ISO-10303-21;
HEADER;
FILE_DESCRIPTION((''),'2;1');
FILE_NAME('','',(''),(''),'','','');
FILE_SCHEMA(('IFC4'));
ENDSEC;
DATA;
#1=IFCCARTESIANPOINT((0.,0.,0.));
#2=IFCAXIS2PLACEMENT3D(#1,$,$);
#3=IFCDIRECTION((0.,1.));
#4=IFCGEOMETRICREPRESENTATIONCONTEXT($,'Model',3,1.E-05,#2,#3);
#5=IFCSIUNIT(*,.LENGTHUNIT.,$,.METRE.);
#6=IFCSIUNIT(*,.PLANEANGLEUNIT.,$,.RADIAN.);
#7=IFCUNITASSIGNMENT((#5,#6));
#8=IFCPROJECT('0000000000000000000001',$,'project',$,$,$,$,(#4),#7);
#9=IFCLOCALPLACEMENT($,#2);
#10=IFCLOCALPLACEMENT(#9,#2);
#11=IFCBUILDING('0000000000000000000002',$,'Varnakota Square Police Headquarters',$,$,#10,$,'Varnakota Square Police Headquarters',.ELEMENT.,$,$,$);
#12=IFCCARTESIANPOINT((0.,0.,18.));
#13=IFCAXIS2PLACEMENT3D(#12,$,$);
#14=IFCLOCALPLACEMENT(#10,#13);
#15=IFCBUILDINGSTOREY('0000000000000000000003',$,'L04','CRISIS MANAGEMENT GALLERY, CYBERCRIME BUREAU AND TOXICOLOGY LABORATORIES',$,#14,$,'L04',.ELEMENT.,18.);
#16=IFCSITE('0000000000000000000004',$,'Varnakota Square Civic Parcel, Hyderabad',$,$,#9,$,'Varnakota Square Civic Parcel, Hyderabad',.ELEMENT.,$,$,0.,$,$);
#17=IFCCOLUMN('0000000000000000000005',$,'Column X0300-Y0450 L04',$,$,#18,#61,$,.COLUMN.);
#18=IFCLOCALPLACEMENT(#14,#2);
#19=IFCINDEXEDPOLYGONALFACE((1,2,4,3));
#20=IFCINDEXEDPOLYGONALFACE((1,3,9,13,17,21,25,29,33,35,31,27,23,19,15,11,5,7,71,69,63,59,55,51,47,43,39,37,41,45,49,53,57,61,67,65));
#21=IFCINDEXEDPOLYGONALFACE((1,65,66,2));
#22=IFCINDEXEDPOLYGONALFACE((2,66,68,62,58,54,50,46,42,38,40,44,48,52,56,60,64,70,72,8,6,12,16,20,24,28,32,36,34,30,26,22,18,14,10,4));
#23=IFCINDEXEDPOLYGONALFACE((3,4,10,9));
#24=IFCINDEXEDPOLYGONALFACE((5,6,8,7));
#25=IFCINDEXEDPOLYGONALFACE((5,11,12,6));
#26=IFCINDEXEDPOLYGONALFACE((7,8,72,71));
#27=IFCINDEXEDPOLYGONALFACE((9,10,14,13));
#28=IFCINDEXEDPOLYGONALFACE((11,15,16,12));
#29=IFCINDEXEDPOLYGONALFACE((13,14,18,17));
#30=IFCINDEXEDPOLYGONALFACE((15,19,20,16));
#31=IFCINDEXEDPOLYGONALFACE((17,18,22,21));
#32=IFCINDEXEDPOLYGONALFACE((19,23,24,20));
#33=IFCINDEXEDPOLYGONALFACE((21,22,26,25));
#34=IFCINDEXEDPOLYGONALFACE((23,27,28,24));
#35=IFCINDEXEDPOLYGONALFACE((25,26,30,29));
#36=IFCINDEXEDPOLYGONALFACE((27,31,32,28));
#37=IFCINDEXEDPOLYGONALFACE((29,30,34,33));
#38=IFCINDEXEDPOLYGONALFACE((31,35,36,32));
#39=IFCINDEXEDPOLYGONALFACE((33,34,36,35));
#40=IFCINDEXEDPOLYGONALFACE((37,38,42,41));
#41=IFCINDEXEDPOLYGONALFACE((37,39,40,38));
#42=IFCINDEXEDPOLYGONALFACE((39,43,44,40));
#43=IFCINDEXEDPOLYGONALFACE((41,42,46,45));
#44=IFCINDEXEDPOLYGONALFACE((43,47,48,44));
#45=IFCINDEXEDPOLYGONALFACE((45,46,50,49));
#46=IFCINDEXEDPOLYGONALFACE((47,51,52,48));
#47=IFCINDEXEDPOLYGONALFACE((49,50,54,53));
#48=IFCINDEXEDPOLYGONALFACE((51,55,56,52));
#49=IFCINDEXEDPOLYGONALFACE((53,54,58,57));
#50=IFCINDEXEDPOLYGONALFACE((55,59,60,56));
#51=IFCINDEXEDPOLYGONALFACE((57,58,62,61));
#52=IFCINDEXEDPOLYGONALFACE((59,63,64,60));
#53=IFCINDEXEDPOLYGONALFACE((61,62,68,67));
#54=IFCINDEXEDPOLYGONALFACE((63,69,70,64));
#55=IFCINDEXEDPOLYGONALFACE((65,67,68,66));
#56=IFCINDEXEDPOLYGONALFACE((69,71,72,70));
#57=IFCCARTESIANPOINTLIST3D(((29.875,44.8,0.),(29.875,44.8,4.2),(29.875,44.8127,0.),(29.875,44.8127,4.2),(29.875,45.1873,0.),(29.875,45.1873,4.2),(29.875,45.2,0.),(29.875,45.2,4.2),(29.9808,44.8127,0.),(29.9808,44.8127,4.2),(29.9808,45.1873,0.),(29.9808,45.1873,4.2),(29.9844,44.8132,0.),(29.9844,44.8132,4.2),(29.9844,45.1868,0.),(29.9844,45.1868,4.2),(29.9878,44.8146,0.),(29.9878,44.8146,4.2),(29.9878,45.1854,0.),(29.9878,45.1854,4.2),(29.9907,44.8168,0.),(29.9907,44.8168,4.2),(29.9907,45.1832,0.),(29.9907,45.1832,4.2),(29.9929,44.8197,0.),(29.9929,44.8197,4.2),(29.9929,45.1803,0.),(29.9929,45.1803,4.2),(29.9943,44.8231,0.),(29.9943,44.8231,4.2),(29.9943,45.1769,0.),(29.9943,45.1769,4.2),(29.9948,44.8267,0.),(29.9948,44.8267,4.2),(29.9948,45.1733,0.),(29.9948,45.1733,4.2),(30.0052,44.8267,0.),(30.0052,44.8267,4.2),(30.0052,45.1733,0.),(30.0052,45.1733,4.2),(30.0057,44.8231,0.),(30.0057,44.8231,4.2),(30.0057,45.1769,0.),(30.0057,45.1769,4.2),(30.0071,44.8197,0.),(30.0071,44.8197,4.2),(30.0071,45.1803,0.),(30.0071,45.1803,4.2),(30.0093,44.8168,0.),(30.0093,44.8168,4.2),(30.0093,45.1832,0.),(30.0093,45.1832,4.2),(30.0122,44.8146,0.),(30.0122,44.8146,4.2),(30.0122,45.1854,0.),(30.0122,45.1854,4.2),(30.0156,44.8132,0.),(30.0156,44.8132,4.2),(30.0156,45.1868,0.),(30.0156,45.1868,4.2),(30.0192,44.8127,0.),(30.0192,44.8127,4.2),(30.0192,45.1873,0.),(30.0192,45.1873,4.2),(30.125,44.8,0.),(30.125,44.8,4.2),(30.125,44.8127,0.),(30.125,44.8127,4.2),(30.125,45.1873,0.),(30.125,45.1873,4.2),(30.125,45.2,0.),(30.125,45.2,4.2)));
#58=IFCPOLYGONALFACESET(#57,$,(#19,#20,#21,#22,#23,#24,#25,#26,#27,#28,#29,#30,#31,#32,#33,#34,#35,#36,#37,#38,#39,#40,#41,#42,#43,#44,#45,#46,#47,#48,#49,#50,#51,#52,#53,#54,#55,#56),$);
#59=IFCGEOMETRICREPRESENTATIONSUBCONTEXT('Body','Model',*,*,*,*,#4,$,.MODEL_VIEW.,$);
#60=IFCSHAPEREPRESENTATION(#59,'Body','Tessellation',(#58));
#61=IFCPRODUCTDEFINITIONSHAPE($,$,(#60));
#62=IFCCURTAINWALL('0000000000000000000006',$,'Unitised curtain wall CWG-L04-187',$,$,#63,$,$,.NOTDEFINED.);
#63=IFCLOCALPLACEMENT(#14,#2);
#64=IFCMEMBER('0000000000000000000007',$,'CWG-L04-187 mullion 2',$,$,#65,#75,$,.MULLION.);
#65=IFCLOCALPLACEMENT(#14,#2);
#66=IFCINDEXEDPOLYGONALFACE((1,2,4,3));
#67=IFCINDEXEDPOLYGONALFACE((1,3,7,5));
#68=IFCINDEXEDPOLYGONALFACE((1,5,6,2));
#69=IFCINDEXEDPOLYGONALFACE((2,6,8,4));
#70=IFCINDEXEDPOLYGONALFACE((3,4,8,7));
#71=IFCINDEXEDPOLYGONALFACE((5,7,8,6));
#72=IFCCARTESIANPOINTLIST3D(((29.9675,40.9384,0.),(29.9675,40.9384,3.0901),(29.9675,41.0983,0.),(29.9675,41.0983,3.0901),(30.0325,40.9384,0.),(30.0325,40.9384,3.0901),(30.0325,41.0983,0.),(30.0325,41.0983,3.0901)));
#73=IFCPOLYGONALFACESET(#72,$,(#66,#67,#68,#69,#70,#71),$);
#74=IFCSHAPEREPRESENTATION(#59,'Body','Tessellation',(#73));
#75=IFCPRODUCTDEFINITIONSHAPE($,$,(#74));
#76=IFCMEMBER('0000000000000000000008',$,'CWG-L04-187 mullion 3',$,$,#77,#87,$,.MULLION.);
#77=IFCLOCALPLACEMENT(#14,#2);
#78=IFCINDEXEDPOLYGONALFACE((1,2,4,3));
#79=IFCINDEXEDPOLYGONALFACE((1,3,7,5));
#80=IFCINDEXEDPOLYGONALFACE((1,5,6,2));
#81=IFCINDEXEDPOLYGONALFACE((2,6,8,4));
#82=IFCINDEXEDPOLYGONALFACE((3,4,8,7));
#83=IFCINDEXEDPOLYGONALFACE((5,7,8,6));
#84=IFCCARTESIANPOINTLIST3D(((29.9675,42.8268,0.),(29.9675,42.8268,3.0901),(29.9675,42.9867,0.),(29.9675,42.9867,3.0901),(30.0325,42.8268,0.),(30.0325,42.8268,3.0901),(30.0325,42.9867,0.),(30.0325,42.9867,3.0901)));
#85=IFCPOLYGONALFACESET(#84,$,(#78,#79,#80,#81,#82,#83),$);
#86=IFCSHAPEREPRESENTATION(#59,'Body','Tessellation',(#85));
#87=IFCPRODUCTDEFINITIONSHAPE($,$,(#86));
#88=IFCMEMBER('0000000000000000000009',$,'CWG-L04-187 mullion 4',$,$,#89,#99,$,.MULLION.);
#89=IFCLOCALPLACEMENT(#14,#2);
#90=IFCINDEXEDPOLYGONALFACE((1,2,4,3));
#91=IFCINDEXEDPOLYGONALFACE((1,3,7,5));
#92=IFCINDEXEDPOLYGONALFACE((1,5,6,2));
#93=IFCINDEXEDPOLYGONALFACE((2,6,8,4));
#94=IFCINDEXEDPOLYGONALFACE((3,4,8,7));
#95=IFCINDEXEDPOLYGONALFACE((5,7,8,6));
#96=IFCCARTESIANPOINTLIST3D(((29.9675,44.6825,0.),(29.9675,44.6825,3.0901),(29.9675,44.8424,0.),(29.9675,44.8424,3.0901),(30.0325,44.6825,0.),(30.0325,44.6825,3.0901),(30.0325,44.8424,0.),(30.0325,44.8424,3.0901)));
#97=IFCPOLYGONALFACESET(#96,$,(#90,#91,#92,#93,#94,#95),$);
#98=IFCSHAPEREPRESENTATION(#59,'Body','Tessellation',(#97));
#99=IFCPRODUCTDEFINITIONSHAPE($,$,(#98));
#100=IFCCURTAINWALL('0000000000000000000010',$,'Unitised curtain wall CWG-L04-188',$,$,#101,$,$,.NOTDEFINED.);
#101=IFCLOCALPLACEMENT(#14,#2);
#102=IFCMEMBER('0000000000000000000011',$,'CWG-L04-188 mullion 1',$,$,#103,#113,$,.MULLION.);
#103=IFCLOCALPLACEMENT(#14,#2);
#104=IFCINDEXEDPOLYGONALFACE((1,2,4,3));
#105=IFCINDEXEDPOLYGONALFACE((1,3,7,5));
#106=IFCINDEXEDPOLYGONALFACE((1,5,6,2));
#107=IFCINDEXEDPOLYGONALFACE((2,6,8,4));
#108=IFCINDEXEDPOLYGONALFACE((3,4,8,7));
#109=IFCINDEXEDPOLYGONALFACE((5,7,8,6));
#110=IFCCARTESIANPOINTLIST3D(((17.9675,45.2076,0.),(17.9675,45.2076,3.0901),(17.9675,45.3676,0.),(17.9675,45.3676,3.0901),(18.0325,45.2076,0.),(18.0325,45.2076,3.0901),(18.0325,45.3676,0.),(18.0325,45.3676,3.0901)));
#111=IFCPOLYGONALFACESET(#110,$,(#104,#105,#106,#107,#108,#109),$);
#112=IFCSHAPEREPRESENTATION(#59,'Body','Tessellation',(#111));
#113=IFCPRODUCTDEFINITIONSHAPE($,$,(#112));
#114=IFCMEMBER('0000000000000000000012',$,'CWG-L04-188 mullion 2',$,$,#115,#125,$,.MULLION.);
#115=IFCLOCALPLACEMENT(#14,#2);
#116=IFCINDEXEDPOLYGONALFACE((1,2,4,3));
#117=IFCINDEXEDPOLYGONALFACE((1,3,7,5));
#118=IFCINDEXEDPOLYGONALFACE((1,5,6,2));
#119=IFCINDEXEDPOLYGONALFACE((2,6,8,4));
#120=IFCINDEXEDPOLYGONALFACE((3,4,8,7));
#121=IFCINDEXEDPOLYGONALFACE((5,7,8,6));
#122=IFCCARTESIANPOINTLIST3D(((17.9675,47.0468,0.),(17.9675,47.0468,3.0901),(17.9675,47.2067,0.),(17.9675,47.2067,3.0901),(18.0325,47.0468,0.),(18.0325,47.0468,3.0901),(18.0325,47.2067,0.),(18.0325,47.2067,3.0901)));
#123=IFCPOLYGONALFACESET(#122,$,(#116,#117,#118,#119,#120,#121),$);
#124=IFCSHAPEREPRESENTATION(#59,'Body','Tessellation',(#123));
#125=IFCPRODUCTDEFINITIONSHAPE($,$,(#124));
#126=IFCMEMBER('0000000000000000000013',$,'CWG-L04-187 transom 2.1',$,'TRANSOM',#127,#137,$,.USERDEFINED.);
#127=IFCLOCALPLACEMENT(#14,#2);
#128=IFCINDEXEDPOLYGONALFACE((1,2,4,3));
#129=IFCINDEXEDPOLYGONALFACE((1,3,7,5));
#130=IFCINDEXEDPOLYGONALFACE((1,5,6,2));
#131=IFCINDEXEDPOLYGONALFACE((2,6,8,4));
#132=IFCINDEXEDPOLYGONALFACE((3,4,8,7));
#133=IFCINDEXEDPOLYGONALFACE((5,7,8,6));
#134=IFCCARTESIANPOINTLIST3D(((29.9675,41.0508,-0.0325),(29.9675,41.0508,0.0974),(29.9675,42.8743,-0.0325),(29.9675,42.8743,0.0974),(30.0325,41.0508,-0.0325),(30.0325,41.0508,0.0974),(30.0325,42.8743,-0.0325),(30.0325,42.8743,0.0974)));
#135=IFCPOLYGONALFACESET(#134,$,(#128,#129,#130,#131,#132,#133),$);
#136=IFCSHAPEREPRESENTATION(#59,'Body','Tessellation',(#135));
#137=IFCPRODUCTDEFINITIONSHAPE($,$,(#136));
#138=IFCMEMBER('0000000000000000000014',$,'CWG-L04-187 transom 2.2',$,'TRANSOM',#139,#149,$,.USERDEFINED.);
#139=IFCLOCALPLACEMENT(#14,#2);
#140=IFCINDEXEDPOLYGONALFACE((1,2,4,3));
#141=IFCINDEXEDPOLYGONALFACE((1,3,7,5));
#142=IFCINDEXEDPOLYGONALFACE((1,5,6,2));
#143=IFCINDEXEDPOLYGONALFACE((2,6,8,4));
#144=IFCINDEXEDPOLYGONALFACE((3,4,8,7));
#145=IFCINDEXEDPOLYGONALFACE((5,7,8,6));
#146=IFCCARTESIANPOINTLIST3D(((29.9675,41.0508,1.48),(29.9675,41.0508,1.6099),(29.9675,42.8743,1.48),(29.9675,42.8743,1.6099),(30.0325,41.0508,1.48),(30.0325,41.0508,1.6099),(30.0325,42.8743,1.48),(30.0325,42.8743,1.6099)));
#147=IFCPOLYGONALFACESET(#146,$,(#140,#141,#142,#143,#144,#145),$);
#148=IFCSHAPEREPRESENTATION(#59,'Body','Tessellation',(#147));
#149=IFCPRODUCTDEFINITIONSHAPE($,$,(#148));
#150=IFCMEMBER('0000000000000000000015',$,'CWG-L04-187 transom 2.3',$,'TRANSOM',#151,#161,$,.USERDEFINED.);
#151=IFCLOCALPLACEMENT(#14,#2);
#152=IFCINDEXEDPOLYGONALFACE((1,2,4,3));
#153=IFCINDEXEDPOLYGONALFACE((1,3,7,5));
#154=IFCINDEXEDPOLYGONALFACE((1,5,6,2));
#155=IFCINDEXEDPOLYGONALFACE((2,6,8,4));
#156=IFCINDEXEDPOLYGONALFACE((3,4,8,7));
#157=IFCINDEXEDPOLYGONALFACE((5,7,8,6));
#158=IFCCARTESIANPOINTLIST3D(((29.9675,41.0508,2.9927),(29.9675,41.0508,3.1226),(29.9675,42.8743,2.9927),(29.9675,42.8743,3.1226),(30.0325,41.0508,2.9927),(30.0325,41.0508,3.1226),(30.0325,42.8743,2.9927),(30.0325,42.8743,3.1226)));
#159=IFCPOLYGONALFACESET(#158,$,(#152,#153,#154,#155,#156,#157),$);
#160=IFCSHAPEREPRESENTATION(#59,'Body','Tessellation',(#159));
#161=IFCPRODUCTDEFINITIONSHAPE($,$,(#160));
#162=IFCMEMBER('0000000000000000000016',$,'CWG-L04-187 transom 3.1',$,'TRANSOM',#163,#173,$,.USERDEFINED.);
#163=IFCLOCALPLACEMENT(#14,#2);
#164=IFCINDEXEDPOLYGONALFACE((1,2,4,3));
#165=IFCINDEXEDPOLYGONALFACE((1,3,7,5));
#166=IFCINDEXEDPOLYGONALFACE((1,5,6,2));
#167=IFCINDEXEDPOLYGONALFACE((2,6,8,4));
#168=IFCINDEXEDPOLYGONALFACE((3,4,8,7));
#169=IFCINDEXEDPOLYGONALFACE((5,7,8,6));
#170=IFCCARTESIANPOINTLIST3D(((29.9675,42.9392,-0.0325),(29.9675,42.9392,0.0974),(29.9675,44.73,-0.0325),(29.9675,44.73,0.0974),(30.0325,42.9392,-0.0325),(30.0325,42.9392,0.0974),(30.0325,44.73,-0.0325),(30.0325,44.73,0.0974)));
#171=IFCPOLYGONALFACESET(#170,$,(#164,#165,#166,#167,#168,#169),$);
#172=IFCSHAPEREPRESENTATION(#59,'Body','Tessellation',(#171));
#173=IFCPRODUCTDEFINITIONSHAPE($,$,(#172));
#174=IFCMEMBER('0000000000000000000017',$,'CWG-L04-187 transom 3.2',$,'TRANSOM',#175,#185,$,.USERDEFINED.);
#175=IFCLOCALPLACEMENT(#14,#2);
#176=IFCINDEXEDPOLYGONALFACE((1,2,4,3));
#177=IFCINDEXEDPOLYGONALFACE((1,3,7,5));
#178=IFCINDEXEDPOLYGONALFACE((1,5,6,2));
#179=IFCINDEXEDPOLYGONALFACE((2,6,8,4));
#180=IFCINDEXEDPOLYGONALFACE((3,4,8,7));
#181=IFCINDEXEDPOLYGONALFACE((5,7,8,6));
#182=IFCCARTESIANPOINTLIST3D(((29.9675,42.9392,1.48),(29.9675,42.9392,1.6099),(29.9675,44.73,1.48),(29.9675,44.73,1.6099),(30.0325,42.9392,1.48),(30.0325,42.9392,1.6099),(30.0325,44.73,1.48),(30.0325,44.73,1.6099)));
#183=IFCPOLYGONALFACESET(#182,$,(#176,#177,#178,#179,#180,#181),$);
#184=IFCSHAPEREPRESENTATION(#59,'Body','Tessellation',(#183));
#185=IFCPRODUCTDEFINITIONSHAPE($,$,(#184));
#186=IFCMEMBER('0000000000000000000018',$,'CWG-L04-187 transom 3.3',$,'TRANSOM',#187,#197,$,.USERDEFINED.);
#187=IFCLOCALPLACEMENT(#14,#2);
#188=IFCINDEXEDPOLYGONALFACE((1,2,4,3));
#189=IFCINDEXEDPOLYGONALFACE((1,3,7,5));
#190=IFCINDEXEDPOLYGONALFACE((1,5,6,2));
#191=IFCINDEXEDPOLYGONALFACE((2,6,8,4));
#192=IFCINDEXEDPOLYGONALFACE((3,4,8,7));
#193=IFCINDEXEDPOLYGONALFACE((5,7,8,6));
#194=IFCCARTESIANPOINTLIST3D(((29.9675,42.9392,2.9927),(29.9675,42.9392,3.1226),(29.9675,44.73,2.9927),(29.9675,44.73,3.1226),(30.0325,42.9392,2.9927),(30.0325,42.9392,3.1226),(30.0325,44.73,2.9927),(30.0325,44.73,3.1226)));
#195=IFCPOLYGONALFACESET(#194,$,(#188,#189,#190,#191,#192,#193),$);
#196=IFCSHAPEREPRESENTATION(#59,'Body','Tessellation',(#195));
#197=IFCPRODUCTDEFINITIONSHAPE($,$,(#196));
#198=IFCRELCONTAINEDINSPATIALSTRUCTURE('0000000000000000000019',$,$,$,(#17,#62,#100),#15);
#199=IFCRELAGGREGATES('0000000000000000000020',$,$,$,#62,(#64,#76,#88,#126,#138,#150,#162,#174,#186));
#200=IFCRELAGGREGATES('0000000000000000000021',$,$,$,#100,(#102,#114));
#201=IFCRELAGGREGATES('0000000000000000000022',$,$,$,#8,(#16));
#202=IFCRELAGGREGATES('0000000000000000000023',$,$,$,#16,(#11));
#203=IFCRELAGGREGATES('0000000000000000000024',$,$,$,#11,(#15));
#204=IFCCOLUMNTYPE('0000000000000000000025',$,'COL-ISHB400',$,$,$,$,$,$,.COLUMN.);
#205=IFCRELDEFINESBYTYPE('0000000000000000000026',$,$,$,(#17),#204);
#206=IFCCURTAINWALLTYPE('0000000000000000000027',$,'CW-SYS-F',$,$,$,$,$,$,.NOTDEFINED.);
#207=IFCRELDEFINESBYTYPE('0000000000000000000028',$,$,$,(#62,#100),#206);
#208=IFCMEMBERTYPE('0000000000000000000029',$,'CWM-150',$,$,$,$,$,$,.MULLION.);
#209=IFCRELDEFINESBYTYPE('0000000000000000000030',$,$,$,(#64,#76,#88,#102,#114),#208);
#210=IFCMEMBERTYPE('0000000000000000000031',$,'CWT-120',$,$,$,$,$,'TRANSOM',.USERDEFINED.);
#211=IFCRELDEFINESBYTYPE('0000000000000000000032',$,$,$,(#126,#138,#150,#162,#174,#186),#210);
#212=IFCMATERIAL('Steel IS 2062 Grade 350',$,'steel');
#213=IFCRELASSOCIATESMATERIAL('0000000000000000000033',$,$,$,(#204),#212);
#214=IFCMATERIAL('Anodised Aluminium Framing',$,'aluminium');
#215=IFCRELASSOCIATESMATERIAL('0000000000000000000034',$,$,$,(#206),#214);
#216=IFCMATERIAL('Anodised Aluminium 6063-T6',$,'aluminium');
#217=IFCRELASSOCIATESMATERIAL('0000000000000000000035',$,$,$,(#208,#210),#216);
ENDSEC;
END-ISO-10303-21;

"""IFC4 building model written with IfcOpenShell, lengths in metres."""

from ifc_helpers import new_model, si_unit, direction, frame, origin, origin_2d, place, context, subcontext, project, spatial, rectangle, i_section, extrude, material, material_profile, profile_set, type_object, element, aggregate, save


model = new_model("IFC4")

# Units and contexts
model_context = context("Model", 3, precision=1e-05, world=origin(), true_north=direction((0.0, 1.0)))
body_context = subcontext(model_context, "Body", "Model", "MODEL_VIEW")
ifc_project = project(units=[si_unit("LENGTHUNIT", "METRE"), si_unit("PLANEANGLEUNIT", "RADIAN")], contexts=[model_context])

# Site, building, storey
site_placement = place(None, origin())
site = spatial("IfcSite", under=ifc_project, at=site_placement, Name="Varnakota Square Civic Parcel, Hyderabad", LongName="Varnakota Square Civic Parcel, Hyderabad", CompositionType="ELEMENT", RefElevation=0.0)
building_placement = place(site_placement, origin())
building = spatial("IfcBuilding", under=site, at=building_placement, Name="Varnakota Square Police Headquarters", LongName="Varnakota Square Police Headquarters", CompositionType="ELEMENT")
storey_placement = place(building_placement, frame((0.0, 0.0, 18.0)))
storey = spatial("IfcBuildingStorey", under=building, at=storey_placement, Name="L04", Description="CRISIS MANAGEMENT GALLERY, CYBERCRIME BUREAU AND TOXICOLOGY LABORATORIES", LongName="L04", CompositionType="ELEMENT", Elevation=18.0)

# Column
ifc_material_1 = material(Name="Steel IS 2062 Grade 350", Category="steel")
ifc_material_profile_1 = material_profile(ifc_material_1, i_section(OverallWidth=0.25, OverallDepth=0.3999, WebThickness=0.0105, FlangeThickness=0.0127, FilletRadius=0.0139, at=origin_2d()), Name="ISHB 400")
ifc_profile_set_1 = profile_set([ifc_material_profile_1], Name="Steel IS 2062 Grade 350")
column_type = type_object("IfcColumnType", Name="COL-ISHB400", PredefinedType="COLUMN", material=ifc_profile_set_1)
column_placement = place(storey_placement, frame((30.0, 45.0, 0.0), z_axis=(0.0, 0.0, 1.0), x_axis=(1.0, 0.0, 0.0)))
element("IfcColumn", 1, at=column_placement, inside=storey, type_object=column_type, Name="Column X0300-Y0450 L04", PredefinedType="COLUMN", context=body_context, shape_type="SweptSolid", body=[
    extrude(i_section(OverallWidth=0.25, OverallDepth=0.3999, WebThickness=0.0105, FlangeThickness=0.0127, FilletRadius=0.0139, at=origin_2d()), origin(), (0.0, 0.0, 1.0), 4.2),
])

# Curtain walls, members
ifc_material_2 = material(Name="Anodised Aluminium Framing", Category="aluminium")
curtain_wall_type = type_object("IfcCurtainWallType", Name="CW-SYS-F", PredefinedType="NOTDEFINED", material=ifc_material_2)
curtain_wall_1_placement = place(storey_placement, origin())
curtain_wall_1 = element("IfcCurtainWall", 2, at=curtain_wall_1_placement, inside=storey, type_object=curtain_wall_type, Name="Unitised curtain wall CWG-L04-187", PredefinedType="NOTDEFINED")
ifc_material_3 = material(Name="Anodised Aluminium 6063-T6", Category="aluminium")
ifc_material_profile_2 = material_profile(ifc_material_3, rectangle(XDim=0.0649, YDim=0.1599, at=origin_2d()), Name="ALU MULLION 65x160")
ifc_profile_set_2 = profile_set([ifc_material_profile_2], Name="Anodised Aluminium 6063-T6")
member_type_1 = type_object("IfcMemberType", Name="CWM-150", PredefinedType="MULLION", material=ifc_profile_set_2)
member_1_placement = place(storey_placement, frame((30.0, 41.0183, 0.0), z_axis=(0.0, 0.0, 1.0), x_axis=(-1.0, 0.0, 0.0)))
member_1 = element("IfcMember", 3, at=member_1_placement, type_object=member_type_1, Name="CWG-L04-187 mullion 2", PredefinedType="MULLION", context=body_context, shape_type="SweptSolid", body=[
    extrude(rectangle(XDim=0.0649, YDim=0.1599, at=origin_2d()), origin(), (0.0, 0.0, 1.0), 3.0901),
])
member_2_placement = place(storey_placement, frame((30.0, 42.9067, 0.0), z_axis=(0.0, 0.0, 1.0), x_axis=(-1.0, 0.0, 0.0)))
member_2 = element("IfcMember", 4, at=member_2_placement, type_object=member_type_1, Name="CWG-L04-187 mullion 3", PredefinedType="MULLION", context=body_context, shape_type="SweptSolid", body=[
    extrude(rectangle(XDim=0.0649, YDim=0.1599, at=origin_2d()), origin(), (0.0, 0.0, 1.0), 3.0901),
])
member_3_placement = place(storey_placement, frame((30.0, 44.7625, 0.0), z_axis=(0.0, 0.0, 1.0), x_axis=(-1.0, 0.0, 0.0)))
member_3 = element("IfcMember", 5, at=member_3_placement, type_object=member_type_1, Name="CWG-L04-187 mullion 4", PredefinedType="MULLION", context=body_context, shape_type="SweptSolid", body=[
    extrude(rectangle(XDim=0.0649, YDim=0.1599, at=origin_2d()), origin(), (0.0, 0.0, 1.0), 3.0901),
])
curtain_wall_2_placement = place(storey_placement, origin())
curtain_wall_2 = element("IfcCurtainWall", 6, at=curtain_wall_2_placement, inside=storey, type_object=curtain_wall_type, Name="Unitised curtain wall CWG-L04-188", PredefinedType="NOTDEFINED")
member_4_placement = place(storey_placement, frame((18.0, 45.2876, 0.0), z_axis=(0.0, 0.0, 1.0), x_axis=(-1.0, 0.0, 0.0)))
member_4 = element("IfcMember", 7, at=member_4_placement, type_object=member_type_1, Name="CWG-L04-188 mullion 1", PredefinedType="MULLION", context=body_context, shape_type="SweptSolid", body=[
    extrude(rectangle(XDim=0.0649, YDim=0.1599, at=origin_2d()), origin(), (0.0, 0.0, 1.0), 3.0901),
])
member_5_placement = place(storey_placement, frame((18.0, 47.1267, 0.0), z_axis=(0.0, 0.0, 1.0), x_axis=(-1.0, 0.0, 0.0)))
member_5 = element("IfcMember", 8, at=member_5_placement, type_object=member_type_1, Name="CWG-L04-188 mullion 2", PredefinedType="MULLION", context=body_context, shape_type="SweptSolid", body=[
    extrude(rectangle(XDim=0.0649, YDim=0.1599, at=origin_2d()), origin(), (0.0, 0.0, 1.0), 3.0901),
])

# Members
ifc_material_profile_3 = material_profile(ifc_material_3, rectangle(XDim=0.0649, YDim=0.1299, at=origin_2d()), Name="ALU TRANSOM 65x130")
ifc_profile_set_3 = profile_set([ifc_material_profile_3], Name="Anodised Aluminium 6063-T6")
member_type_2 = type_object("IfcMemberType", Name="CWT-120", ElementType="TRANSOM", PredefinedType="USERDEFINED", material=ifc_profile_set_3)
member_6_placement = place(storey_placement, frame((30.0, 41.0508, 0.0325), z_axis=(0.0, 1.0, 0.0), x_axis=(-1.0, 0.0, 0.0)))
member_6 = element("IfcMember", 9, at=member_6_placement, type_object=member_type_2, Name="CWG-L04-187 transom 2.1", ObjectType="TRANSOM", PredefinedType="USERDEFINED", context=body_context, shape_type="SweptSolid", body=[
    extrude(rectangle(XDim=0.0649, YDim=0.1299, at=origin_2d()), origin(), (0.0, 0.0, 1.0), 1.8235),
])
member_7_placement = place(storey_placement, frame((30.0, 41.0508, 1.5449), z_axis=(0.0, 1.0, 0.0), x_axis=(-1.0, 0.0, 0.0)))
member_7 = element("IfcMember", 10, at=member_7_placement, type_object=member_type_2, Name="CWG-L04-187 transom 2.2", ObjectType="TRANSOM", PredefinedType="USERDEFINED", context=body_context, shape_type="SweptSolid", body=[
    extrude(rectangle(XDim=0.0649, YDim=0.1299, at=origin_2d()), origin(), (0.0, 0.0, 1.0), 1.8235),
])
member_8_placement = place(storey_placement, frame((30.0, 41.0508, 3.0576), z_axis=(0.0, 1.0, 0.0), x_axis=(-1.0, 0.0, 0.0)))
member_8 = element("IfcMember", 11, at=member_8_placement, type_object=member_type_2, Name="CWG-L04-187 transom 2.3", ObjectType="TRANSOM", PredefinedType="USERDEFINED", context=body_context, shape_type="SweptSolid", body=[
    extrude(rectangle(XDim=0.0649, YDim=0.1299, at=origin_2d()), origin(), (0.0, 0.0, 1.0), 1.8235),
])
member_9_placement = place(storey_placement, frame((30.0, 42.9392, 0.0325), z_axis=(0.0, 1.0, 0.0), x_axis=(-1.0, 0.0, 0.0)))
member_9 = element("IfcMember", 12, at=member_9_placement, type_object=member_type_2, Name="CWG-L04-187 transom 3.1", ObjectType="TRANSOM", PredefinedType="USERDEFINED", context=body_context, shape_type="SweptSolid", body=[
    extrude(rectangle(XDim=0.0649, YDim=0.1299, at=origin_2d()), origin(), (0.0, 0.0, 1.0), 1.7908),
])
member_10_placement = place(storey_placement, frame((30.0, 42.9392, 1.5449), z_axis=(0.0, 1.0, 0.0), x_axis=(-1.0, 0.0, 0.0)))
member_10 = element("IfcMember", 13, at=member_10_placement, type_object=member_type_2, Name="CWG-L04-187 transom 3.2", ObjectType="TRANSOM", PredefinedType="USERDEFINED", context=body_context, shape_type="SweptSolid", body=[
    extrude(rectangle(XDim=0.0649, YDim=0.1299, at=origin_2d()), origin(), (0.0, 0.0, 1.0), 1.7908),
])
member_11_placement = place(storey_placement, frame((30.0, 42.9392, 3.0576), z_axis=(0.0, 1.0, 0.0), x_axis=(-1.0, 0.0, 0.0)))
member_11 = element("IfcMember", 14, at=member_11_placement, type_object=member_type_2, Name="CWG-L04-187 transom 3.3", ObjectType="TRANSOM", PredefinedType="USERDEFINED", context=body_context, shape_type="SweptSolid", body=[
    extrude(rectangle(XDim=0.0649, YDim=0.1299, at=origin_2d()), origin(), (0.0, 0.0, 1.0), 1.7908),
])

aggregate(curtain_wall_1, [member_1, member_2, member_3, member_6, member_7, member_8, member_9, member_10, member_11])
aggregate(curtain_wall_2, [member_4, member_5])

save(model, "model.ifc")
